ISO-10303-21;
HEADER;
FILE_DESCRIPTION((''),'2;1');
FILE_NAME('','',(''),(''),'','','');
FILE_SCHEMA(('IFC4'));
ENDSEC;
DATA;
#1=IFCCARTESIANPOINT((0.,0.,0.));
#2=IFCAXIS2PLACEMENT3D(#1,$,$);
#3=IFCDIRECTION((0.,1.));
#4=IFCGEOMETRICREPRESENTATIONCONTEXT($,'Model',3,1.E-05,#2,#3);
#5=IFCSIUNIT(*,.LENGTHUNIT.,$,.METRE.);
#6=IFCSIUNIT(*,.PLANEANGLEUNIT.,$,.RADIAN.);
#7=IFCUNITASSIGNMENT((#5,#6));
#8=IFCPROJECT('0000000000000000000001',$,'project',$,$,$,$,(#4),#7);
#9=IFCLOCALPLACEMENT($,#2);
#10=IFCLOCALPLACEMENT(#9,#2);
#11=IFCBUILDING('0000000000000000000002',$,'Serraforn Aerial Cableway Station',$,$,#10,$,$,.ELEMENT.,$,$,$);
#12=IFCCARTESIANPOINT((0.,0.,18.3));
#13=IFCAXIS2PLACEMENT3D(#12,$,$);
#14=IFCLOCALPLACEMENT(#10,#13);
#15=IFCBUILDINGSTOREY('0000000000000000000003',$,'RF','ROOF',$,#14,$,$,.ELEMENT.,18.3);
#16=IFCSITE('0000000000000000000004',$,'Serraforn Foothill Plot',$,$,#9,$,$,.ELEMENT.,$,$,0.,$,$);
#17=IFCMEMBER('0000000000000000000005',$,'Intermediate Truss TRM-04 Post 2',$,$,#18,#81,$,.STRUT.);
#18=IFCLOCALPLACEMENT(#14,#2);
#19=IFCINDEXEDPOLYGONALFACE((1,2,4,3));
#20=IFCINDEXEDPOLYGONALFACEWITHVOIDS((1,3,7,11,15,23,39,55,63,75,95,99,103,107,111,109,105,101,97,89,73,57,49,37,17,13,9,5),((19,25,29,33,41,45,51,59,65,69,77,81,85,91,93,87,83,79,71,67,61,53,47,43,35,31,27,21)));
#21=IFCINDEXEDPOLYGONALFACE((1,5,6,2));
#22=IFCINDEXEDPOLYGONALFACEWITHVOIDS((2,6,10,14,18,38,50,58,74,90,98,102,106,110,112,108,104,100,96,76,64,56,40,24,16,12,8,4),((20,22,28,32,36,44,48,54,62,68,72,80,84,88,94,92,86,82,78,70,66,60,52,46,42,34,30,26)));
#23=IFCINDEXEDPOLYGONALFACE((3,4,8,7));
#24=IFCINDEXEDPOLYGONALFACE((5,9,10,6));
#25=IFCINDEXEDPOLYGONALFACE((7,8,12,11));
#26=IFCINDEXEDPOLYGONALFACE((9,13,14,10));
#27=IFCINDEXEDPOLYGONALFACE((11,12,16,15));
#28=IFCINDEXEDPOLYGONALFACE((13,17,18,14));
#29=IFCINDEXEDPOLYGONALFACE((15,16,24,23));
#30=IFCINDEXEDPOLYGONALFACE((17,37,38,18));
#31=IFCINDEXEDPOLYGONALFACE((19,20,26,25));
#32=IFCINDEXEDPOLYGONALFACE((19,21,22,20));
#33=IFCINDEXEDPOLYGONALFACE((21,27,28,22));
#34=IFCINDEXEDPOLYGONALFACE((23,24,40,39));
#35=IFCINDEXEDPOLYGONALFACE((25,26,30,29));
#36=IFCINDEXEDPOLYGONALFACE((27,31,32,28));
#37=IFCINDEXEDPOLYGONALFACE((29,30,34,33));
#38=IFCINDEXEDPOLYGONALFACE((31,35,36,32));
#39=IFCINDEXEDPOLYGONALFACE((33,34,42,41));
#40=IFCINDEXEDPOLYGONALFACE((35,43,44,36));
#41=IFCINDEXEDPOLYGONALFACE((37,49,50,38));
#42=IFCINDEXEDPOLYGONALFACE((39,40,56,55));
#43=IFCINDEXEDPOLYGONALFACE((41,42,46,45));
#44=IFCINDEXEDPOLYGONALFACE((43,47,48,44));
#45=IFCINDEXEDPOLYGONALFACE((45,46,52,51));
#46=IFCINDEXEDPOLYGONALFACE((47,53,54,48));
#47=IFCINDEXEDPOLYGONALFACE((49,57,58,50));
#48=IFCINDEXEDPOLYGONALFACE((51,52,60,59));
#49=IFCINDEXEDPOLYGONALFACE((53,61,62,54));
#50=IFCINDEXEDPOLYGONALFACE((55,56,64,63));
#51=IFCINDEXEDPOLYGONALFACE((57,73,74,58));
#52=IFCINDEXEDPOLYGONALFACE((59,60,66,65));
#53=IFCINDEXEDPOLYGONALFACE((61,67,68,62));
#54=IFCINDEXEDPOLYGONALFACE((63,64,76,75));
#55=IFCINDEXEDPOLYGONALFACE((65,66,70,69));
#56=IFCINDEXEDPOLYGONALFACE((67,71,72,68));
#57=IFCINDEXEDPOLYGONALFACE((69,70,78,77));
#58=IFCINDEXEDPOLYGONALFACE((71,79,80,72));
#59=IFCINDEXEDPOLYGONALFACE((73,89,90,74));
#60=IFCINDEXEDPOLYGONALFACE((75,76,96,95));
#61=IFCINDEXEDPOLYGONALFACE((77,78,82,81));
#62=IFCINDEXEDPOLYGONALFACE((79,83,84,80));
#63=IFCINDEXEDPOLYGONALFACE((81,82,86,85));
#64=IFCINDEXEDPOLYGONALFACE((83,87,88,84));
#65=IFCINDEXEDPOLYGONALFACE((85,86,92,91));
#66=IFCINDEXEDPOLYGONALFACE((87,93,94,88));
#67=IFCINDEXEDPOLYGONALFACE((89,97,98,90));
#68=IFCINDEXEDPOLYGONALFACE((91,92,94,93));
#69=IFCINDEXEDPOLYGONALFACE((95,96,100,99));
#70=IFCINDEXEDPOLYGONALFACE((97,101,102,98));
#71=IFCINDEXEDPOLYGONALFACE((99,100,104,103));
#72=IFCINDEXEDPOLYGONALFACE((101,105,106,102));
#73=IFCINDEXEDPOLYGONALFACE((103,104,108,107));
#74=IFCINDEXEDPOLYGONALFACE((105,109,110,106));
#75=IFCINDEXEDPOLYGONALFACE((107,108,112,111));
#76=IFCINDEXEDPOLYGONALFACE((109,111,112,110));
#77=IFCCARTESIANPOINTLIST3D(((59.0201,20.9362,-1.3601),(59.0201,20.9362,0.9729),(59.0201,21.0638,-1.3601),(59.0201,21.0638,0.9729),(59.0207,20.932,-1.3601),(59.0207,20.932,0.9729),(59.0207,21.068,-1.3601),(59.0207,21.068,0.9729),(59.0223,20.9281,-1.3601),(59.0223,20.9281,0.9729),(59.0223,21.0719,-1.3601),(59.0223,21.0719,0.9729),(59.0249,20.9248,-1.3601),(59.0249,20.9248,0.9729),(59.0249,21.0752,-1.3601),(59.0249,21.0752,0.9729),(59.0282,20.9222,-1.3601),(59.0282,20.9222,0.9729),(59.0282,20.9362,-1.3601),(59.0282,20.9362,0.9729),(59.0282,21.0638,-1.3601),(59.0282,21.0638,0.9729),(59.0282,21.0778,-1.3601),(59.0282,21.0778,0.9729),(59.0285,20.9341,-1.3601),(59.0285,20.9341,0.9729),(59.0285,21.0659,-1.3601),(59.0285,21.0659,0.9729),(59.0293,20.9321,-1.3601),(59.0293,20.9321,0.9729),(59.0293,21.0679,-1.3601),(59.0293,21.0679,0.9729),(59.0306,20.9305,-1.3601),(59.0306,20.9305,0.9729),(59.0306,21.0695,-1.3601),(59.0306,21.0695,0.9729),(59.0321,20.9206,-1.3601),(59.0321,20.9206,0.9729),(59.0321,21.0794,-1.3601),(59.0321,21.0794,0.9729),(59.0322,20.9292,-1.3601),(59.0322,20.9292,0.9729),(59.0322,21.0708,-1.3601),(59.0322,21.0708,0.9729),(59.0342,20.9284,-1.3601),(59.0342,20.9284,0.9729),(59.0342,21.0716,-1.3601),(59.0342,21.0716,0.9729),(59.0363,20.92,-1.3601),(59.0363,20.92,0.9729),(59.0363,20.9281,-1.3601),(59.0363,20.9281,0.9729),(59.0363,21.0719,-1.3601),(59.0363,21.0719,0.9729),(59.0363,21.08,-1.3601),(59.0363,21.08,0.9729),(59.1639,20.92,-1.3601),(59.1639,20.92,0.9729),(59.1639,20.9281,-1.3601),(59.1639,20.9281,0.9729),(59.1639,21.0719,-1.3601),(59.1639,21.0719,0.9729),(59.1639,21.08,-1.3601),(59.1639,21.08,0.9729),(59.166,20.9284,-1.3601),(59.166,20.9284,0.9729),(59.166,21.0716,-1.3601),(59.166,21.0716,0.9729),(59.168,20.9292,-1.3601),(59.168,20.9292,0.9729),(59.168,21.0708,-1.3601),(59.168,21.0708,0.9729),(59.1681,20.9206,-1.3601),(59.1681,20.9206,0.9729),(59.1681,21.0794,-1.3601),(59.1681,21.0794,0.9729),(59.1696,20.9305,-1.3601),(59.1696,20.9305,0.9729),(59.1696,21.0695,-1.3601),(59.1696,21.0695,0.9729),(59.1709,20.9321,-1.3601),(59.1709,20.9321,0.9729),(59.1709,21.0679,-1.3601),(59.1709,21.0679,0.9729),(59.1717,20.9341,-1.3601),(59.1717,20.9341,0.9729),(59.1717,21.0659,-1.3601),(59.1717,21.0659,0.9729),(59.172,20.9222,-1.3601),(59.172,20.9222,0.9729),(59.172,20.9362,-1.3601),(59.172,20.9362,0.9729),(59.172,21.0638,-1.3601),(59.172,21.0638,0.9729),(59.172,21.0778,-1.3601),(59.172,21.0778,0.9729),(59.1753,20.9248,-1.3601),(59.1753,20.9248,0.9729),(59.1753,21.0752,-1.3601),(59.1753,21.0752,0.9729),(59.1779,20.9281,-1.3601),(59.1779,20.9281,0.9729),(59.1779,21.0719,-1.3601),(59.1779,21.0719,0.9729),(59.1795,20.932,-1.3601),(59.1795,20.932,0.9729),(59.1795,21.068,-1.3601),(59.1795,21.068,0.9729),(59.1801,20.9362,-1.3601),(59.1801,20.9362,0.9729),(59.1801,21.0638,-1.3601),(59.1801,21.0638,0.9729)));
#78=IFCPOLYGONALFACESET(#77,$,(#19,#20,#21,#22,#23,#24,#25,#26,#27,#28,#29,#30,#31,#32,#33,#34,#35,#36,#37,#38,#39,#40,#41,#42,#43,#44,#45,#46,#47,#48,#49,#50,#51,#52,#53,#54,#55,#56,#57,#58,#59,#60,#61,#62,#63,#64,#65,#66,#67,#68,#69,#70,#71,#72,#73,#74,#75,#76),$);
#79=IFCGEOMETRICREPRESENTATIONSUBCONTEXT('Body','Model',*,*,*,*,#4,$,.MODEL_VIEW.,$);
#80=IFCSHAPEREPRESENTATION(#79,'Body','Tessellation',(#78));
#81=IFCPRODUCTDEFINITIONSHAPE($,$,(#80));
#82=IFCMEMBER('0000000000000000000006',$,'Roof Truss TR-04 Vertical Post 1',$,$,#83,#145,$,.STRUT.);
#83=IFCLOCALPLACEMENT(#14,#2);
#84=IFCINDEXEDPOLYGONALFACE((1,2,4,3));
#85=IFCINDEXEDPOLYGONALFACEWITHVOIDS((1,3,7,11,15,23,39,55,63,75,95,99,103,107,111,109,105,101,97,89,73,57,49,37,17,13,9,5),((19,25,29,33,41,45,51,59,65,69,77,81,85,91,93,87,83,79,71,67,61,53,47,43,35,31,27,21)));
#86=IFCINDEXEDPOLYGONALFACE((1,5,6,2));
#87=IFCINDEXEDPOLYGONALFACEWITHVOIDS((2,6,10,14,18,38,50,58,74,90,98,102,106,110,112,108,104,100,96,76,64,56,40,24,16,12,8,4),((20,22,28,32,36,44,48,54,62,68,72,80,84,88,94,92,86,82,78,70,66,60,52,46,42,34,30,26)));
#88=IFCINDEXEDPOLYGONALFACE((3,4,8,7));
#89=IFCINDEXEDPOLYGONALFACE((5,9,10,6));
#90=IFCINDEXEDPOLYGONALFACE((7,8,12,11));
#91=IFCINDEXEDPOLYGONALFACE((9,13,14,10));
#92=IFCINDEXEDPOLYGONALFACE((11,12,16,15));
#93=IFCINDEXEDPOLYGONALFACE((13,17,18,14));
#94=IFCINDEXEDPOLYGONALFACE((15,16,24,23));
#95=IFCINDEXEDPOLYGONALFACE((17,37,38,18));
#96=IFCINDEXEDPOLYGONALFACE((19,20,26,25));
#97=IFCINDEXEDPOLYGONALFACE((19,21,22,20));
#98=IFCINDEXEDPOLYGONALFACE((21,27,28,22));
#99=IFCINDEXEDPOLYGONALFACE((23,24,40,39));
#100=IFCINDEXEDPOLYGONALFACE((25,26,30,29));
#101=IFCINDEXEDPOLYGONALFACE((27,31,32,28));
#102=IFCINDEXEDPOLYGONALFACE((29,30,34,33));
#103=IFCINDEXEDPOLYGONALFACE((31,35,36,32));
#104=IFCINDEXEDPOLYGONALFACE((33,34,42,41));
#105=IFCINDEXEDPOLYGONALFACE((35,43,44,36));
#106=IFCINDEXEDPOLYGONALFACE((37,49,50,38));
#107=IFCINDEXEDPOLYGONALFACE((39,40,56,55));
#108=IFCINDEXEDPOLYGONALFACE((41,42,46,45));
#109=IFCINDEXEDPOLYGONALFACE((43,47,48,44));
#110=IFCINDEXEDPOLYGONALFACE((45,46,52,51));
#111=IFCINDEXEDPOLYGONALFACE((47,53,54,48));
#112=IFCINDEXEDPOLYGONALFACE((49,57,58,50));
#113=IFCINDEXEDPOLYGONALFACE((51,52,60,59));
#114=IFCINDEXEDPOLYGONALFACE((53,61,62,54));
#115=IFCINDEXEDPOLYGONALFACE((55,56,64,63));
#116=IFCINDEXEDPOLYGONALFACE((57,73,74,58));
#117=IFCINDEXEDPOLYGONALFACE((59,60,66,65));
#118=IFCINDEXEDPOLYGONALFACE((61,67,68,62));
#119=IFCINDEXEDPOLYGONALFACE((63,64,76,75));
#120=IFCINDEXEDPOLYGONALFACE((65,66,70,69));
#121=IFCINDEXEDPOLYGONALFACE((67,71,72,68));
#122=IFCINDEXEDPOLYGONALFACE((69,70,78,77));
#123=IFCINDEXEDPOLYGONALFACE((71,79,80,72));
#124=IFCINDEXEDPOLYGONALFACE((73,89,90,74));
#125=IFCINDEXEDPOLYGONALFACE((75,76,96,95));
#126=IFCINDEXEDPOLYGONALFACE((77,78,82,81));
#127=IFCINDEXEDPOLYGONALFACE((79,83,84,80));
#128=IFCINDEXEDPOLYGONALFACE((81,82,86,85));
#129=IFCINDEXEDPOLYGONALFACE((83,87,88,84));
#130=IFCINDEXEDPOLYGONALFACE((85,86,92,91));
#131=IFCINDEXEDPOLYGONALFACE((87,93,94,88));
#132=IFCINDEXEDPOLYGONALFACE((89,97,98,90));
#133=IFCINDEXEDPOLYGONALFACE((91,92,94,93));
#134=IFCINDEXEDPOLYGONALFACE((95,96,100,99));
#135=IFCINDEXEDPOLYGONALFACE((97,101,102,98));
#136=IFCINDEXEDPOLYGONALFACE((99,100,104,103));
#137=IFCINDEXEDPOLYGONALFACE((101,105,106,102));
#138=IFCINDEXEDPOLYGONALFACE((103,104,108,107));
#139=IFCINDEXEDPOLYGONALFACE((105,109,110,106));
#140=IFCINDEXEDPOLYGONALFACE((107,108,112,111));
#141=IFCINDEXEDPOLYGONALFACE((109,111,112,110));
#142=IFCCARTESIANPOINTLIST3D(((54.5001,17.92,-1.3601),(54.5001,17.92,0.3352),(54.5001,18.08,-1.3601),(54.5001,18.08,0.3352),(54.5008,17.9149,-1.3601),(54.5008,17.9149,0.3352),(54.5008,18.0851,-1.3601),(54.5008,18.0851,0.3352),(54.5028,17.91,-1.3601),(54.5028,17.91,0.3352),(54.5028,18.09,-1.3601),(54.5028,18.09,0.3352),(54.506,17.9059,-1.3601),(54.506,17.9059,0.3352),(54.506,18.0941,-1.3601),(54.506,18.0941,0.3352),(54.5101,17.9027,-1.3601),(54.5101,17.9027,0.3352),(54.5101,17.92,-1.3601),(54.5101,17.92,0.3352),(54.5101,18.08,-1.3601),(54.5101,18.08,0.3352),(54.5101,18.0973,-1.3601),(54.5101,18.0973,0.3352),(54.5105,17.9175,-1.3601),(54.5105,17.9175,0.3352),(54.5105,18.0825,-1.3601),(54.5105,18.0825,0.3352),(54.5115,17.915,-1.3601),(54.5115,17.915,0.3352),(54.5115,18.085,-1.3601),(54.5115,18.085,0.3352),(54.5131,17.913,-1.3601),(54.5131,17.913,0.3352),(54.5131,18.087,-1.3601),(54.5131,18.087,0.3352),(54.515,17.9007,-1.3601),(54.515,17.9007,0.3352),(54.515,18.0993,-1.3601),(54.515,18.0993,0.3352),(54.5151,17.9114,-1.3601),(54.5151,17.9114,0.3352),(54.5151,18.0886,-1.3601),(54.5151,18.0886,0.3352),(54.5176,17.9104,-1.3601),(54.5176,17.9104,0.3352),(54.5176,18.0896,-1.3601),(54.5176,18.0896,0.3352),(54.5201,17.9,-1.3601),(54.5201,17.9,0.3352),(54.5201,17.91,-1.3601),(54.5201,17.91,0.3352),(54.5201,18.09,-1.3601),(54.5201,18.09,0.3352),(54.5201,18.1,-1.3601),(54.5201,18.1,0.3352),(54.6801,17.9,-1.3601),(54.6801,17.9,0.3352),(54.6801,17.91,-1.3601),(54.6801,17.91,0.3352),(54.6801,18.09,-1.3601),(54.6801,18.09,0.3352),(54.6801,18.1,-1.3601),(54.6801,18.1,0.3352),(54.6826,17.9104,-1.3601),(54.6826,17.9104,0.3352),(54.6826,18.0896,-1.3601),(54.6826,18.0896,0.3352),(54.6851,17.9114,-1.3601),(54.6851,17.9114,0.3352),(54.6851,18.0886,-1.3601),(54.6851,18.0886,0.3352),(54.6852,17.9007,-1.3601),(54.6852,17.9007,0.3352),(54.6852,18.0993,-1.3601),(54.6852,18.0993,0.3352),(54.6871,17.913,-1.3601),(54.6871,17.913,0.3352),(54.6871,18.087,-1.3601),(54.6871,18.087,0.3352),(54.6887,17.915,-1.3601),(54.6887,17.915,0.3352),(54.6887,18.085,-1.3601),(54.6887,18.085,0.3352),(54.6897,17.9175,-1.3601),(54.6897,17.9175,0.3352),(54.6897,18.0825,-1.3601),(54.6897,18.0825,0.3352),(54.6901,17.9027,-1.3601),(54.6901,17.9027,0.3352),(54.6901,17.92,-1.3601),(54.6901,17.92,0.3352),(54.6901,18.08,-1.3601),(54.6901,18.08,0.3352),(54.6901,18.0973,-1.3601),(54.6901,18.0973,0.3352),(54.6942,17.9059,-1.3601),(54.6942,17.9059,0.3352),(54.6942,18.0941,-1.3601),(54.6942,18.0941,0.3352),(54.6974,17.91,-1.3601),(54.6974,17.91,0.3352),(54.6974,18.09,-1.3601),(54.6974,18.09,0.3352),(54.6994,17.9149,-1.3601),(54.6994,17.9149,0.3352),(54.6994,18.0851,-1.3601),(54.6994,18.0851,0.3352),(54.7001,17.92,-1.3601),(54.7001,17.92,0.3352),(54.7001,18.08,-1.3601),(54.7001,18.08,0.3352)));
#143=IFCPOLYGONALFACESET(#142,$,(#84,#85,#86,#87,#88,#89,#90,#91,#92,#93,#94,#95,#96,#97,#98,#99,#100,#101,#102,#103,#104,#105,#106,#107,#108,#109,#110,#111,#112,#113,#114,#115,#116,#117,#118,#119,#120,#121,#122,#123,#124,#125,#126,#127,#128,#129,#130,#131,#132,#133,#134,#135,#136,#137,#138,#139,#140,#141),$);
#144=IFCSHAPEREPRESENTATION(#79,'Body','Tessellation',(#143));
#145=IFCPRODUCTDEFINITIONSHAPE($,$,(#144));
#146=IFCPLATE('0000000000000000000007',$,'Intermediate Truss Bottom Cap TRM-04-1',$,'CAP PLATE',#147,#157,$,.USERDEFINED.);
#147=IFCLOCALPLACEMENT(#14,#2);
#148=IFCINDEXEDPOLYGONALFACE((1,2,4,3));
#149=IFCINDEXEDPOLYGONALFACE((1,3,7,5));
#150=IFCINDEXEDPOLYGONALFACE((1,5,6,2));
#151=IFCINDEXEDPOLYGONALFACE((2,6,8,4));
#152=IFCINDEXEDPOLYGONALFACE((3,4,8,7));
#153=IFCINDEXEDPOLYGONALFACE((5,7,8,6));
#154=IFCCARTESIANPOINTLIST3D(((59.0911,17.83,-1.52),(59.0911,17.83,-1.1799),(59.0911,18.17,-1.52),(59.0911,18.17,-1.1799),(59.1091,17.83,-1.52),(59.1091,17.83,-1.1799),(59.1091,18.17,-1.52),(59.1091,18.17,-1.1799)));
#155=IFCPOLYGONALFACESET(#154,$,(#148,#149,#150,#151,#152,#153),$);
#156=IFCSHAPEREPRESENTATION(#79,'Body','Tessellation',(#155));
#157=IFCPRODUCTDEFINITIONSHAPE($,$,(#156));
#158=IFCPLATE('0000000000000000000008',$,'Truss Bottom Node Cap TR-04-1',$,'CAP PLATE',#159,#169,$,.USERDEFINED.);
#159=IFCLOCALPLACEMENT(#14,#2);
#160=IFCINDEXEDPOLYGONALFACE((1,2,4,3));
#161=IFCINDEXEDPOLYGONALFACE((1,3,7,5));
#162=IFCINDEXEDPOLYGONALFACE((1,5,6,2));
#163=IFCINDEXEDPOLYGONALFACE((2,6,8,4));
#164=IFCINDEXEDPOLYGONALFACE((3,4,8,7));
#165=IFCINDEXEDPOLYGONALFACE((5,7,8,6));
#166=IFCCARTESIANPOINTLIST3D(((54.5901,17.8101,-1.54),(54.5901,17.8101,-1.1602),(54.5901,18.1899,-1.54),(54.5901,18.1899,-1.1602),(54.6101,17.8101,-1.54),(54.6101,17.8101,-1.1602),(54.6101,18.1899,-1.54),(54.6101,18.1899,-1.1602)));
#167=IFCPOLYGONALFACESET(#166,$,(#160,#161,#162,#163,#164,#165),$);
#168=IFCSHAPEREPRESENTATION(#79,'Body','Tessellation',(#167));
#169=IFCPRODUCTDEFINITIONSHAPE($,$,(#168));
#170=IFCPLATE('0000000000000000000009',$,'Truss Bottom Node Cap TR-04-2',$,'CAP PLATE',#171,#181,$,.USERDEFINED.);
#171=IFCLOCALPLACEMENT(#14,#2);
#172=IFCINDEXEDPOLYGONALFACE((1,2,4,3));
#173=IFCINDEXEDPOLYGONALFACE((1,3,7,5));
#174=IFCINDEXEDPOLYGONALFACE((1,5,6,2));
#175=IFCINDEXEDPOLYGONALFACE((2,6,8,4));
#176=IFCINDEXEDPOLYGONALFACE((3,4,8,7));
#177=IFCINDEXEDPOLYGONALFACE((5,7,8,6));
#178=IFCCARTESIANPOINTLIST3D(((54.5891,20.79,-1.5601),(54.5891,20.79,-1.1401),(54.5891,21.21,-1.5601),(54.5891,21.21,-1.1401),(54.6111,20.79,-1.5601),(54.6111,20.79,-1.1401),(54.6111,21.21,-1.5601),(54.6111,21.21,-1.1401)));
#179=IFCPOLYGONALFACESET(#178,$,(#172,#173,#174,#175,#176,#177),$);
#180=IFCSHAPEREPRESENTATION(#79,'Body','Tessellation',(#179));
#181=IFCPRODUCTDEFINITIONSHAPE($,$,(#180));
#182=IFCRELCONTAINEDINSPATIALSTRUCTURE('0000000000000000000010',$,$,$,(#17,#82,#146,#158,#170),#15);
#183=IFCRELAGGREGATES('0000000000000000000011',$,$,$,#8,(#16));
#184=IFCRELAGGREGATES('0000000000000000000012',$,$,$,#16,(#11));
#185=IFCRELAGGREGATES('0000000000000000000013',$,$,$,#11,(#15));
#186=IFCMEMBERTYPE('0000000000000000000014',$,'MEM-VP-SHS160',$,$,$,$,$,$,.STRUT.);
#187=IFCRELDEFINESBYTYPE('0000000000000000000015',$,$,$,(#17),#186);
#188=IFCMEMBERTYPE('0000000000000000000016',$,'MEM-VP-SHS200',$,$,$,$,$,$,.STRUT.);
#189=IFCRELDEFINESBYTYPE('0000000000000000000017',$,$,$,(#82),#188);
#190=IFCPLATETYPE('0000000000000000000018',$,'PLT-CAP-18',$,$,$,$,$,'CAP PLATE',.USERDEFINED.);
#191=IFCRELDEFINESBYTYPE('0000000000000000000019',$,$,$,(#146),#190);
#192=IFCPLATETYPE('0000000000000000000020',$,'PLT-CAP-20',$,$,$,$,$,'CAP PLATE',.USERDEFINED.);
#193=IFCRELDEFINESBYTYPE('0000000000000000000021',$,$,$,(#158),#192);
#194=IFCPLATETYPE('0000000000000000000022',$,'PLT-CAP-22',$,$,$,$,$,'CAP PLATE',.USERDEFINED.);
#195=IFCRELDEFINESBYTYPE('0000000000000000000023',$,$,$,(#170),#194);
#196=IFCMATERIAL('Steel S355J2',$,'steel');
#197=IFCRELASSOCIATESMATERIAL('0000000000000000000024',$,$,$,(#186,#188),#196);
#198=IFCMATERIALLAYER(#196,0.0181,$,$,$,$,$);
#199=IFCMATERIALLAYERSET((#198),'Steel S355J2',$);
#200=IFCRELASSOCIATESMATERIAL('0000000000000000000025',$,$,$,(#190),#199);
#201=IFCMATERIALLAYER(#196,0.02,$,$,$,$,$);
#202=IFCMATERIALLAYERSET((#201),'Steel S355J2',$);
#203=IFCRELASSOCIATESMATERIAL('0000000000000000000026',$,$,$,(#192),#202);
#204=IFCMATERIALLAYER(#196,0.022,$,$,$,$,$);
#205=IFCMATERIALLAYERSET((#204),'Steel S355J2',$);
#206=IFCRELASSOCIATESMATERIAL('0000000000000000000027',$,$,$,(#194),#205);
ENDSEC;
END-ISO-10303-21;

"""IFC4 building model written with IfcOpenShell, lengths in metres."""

from ifc_helpers import new_model, si_unit, direction, frame, origin, origin_2d, place, context, subcontext, project, spatial, rectangle, hollow_rectangle, extrude, material, layer, layer_set, material_profile, profile_set, type_object, element, save


model = new_model("IFC4")

# Units and contexts
model_context = context("Model", 3, precision=1e-05, world=origin(), true_north=direction((0.0, 1.0)))
body_context = subcontext(model_context, "Body", "Model", "MODEL_VIEW")
ifc_project = project(units=[si_unit("LENGTHUNIT", "METRE"), si_unit("PLANEANGLEUNIT", "RADIAN")], contexts=[model_context])

# Site, building, storey
site_placement = place(None, origin())
site = spatial("IfcSite", under=ifc_project, at=site_placement, Name="Serraforn Foothill Plot", CompositionType="ELEMENT", RefElevation=0.0)
building_placement = place(site_placement, origin())
building = spatial("IfcBuilding", under=site, at=building_placement, Name="Serraforn Aerial Cableway Station", CompositionType="ELEMENT")
storey_placement = place(building_placement, frame((0.0, 0.0, 18.3)))
storey = spatial("IfcBuildingStorey", under=building, at=storey_placement, Name="RF", Description="ROOF", CompositionType="ELEMENT", Elevation=18.3)

# Shared definitions
ifc_material_1 = material(Name="Steel S355J2", Category="steel")

# Members
ifc_material_profile_1 = material_profile(ifc_material_1, hollow_rectangle(XDim=0.1599, YDim=0.1599, WallThickness=0.0081, InnerFilletRadius=0.0081, OuterFilletRadius=0.0161, at=origin_2d()), Name="SHS 160x160x8.0")
ifc_profile_set_1 = profile_set([ifc_material_profile_1], Name="Steel S355J2")
member_type_1 = type_object("IfcMemberType", Name="MEM-VP-SHS160", PredefinedType="STRUT", material=ifc_profile_set_1)
member_1_placement = place(storey_placement, frame((59.1001, 21.0, -1.3601), z_axis=(0.0, 0.0, 1.0), x_axis=(1.0, 0.0, 0.0)))
element("IfcMember", 1, at=member_1_placement, inside=storey, type_object=member_type_1, Name="Intermediate Truss TRM-04 Post 2", PredefinedType="STRUT", context=body_context, shape_type="SweptSolid", body=[
    extrude(hollow_rectangle(XDim=0.1599, YDim=0.1599, WallThickness=0.0081, InnerFilletRadius=0.0081, OuterFilletRadius=0.0161, at=origin_2d()), origin(), (0.0, 0.0, 1.0), 2.333),
])
ifc_material_profile_2 = material_profile(ifc_material_1, hollow_rectangle(XDim=0.2, YDim=0.2, WallThickness=0.01, InnerFilletRadius=0.01, OuterFilletRadius=0.02, at=origin_2d()), Name="SHS 200x200x10.0")
ifc_profile_set_2 = profile_set([ifc_material_profile_2], Name="Steel S355J2")
member_type_2 = type_object("IfcMemberType", Name="MEM-VP-SHS200", PredefinedType="STRUT", material=ifc_profile_set_2)
member_2_placement = place(storey_placement, frame((54.6001, 18.0, -1.3601), z_axis=(0.0, 0.0, 1.0), x_axis=(1.0, 0.0, 0.0)))
element("IfcMember", 2, at=member_2_placement, inside=storey, type_object=member_type_2, Name="Roof Truss TR-04 Vertical Post 1", PredefinedType="STRUT", context=body_context, shape_type="SweptSolid", body=[
    extrude(hollow_rectangle(XDim=0.2, YDim=0.2, WallThickness=0.01, InnerFilletRadius=0.01, OuterFilletRadius=0.02, at=origin_2d()), origin(), (0.0, 0.0, 1.0), 1.6953),
])

# Plates
ifc_layer_1 = layer(ifc_material_1, 0.0181)
ifc_layer_set_1 = layer_set([ifc_layer_1], Name="Steel S355J2")
plate_type_1 = type_object("IfcPlateType", Name="PLT-CAP-18", ElementType="CAP PLATE", PredefinedType="USERDEFINED", material=ifc_layer_set_1)
plate_1_placement = place(storey_placement, frame((59.1001, 18.0, -1.52), z_axis=(0.0, 0.0, 1.0), x_axis=(1.0, 0.0, 0.0)))
element("IfcPlate", 3, at=plate_1_placement, inside=storey, type_object=plate_type_1, Name="Intermediate Truss Bottom Cap TRM-04-1", ObjectType="CAP PLATE", PredefinedType="USERDEFINED", context=body_context, shape_type="SweptSolid", body=[
    extrude(rectangle(XDim=0.0181, YDim=0.3401, at=origin_2d()), origin(), (0.0, 0.0, 1.0), 0.3401),
])
ifc_layer_2 = layer(ifc_material_1, 0.02)
ifc_layer_set_2 = layer_set([ifc_layer_2], Name="Steel S355J2")
plate_type_2 = type_object("IfcPlateType", Name="PLT-CAP-20", ElementType="CAP PLATE", PredefinedType="USERDEFINED", material=ifc_layer_set_2)
plate_2_placement = place(storey_placement, frame((54.6001, 18.0, -1.54), z_axis=(0.0, 0.0, 1.0), x_axis=(1.0, 0.0, 0.0)))
element("IfcPlate", 4, at=plate_2_placement, inside=storey, type_object=plate_type_2, Name="Truss Bottom Node Cap TR-04-1", ObjectType="CAP PLATE", PredefinedType="USERDEFINED", context=body_context, shape_type="SweptSolid", body=[
    extrude(rectangle(XDim=0.02, YDim=0.3799, at=origin_2d()), origin(), (0.0, 0.0, 1.0), 0.3799),
])
ifc_layer_3 = layer(ifc_material_1, 0.022)
ifc_layer_set_3 = layer_set([ifc_layer_3], Name="Steel S355J2")
plate_type_3 = type_object("IfcPlateType", Name="PLT-CAP-22", ElementType="CAP PLATE", PredefinedType="USERDEFINED", material=ifc_layer_set_3)
plate_3_placement = place(storey_placement, frame((54.6001, 21.0, -1.5601), z_axis=(0.0, 0.0, 1.0), x_axis=(1.0, 0.0, 0.0)))
element("IfcPlate", 5, at=plate_3_placement, inside=storey, type_object=plate_type_3, Name="Truss Bottom Node Cap TR-04-2", ObjectType="CAP PLATE", PredefinedType="USERDEFINED", context=body_context, shape_type="SweptSolid", body=[
    extrude(rectangle(XDim=0.022, YDim=0.4199, at=origin_2d()), origin(), (0.0, 0.0, 1.0), 0.4199),
])

save(model, "model.ifc")
